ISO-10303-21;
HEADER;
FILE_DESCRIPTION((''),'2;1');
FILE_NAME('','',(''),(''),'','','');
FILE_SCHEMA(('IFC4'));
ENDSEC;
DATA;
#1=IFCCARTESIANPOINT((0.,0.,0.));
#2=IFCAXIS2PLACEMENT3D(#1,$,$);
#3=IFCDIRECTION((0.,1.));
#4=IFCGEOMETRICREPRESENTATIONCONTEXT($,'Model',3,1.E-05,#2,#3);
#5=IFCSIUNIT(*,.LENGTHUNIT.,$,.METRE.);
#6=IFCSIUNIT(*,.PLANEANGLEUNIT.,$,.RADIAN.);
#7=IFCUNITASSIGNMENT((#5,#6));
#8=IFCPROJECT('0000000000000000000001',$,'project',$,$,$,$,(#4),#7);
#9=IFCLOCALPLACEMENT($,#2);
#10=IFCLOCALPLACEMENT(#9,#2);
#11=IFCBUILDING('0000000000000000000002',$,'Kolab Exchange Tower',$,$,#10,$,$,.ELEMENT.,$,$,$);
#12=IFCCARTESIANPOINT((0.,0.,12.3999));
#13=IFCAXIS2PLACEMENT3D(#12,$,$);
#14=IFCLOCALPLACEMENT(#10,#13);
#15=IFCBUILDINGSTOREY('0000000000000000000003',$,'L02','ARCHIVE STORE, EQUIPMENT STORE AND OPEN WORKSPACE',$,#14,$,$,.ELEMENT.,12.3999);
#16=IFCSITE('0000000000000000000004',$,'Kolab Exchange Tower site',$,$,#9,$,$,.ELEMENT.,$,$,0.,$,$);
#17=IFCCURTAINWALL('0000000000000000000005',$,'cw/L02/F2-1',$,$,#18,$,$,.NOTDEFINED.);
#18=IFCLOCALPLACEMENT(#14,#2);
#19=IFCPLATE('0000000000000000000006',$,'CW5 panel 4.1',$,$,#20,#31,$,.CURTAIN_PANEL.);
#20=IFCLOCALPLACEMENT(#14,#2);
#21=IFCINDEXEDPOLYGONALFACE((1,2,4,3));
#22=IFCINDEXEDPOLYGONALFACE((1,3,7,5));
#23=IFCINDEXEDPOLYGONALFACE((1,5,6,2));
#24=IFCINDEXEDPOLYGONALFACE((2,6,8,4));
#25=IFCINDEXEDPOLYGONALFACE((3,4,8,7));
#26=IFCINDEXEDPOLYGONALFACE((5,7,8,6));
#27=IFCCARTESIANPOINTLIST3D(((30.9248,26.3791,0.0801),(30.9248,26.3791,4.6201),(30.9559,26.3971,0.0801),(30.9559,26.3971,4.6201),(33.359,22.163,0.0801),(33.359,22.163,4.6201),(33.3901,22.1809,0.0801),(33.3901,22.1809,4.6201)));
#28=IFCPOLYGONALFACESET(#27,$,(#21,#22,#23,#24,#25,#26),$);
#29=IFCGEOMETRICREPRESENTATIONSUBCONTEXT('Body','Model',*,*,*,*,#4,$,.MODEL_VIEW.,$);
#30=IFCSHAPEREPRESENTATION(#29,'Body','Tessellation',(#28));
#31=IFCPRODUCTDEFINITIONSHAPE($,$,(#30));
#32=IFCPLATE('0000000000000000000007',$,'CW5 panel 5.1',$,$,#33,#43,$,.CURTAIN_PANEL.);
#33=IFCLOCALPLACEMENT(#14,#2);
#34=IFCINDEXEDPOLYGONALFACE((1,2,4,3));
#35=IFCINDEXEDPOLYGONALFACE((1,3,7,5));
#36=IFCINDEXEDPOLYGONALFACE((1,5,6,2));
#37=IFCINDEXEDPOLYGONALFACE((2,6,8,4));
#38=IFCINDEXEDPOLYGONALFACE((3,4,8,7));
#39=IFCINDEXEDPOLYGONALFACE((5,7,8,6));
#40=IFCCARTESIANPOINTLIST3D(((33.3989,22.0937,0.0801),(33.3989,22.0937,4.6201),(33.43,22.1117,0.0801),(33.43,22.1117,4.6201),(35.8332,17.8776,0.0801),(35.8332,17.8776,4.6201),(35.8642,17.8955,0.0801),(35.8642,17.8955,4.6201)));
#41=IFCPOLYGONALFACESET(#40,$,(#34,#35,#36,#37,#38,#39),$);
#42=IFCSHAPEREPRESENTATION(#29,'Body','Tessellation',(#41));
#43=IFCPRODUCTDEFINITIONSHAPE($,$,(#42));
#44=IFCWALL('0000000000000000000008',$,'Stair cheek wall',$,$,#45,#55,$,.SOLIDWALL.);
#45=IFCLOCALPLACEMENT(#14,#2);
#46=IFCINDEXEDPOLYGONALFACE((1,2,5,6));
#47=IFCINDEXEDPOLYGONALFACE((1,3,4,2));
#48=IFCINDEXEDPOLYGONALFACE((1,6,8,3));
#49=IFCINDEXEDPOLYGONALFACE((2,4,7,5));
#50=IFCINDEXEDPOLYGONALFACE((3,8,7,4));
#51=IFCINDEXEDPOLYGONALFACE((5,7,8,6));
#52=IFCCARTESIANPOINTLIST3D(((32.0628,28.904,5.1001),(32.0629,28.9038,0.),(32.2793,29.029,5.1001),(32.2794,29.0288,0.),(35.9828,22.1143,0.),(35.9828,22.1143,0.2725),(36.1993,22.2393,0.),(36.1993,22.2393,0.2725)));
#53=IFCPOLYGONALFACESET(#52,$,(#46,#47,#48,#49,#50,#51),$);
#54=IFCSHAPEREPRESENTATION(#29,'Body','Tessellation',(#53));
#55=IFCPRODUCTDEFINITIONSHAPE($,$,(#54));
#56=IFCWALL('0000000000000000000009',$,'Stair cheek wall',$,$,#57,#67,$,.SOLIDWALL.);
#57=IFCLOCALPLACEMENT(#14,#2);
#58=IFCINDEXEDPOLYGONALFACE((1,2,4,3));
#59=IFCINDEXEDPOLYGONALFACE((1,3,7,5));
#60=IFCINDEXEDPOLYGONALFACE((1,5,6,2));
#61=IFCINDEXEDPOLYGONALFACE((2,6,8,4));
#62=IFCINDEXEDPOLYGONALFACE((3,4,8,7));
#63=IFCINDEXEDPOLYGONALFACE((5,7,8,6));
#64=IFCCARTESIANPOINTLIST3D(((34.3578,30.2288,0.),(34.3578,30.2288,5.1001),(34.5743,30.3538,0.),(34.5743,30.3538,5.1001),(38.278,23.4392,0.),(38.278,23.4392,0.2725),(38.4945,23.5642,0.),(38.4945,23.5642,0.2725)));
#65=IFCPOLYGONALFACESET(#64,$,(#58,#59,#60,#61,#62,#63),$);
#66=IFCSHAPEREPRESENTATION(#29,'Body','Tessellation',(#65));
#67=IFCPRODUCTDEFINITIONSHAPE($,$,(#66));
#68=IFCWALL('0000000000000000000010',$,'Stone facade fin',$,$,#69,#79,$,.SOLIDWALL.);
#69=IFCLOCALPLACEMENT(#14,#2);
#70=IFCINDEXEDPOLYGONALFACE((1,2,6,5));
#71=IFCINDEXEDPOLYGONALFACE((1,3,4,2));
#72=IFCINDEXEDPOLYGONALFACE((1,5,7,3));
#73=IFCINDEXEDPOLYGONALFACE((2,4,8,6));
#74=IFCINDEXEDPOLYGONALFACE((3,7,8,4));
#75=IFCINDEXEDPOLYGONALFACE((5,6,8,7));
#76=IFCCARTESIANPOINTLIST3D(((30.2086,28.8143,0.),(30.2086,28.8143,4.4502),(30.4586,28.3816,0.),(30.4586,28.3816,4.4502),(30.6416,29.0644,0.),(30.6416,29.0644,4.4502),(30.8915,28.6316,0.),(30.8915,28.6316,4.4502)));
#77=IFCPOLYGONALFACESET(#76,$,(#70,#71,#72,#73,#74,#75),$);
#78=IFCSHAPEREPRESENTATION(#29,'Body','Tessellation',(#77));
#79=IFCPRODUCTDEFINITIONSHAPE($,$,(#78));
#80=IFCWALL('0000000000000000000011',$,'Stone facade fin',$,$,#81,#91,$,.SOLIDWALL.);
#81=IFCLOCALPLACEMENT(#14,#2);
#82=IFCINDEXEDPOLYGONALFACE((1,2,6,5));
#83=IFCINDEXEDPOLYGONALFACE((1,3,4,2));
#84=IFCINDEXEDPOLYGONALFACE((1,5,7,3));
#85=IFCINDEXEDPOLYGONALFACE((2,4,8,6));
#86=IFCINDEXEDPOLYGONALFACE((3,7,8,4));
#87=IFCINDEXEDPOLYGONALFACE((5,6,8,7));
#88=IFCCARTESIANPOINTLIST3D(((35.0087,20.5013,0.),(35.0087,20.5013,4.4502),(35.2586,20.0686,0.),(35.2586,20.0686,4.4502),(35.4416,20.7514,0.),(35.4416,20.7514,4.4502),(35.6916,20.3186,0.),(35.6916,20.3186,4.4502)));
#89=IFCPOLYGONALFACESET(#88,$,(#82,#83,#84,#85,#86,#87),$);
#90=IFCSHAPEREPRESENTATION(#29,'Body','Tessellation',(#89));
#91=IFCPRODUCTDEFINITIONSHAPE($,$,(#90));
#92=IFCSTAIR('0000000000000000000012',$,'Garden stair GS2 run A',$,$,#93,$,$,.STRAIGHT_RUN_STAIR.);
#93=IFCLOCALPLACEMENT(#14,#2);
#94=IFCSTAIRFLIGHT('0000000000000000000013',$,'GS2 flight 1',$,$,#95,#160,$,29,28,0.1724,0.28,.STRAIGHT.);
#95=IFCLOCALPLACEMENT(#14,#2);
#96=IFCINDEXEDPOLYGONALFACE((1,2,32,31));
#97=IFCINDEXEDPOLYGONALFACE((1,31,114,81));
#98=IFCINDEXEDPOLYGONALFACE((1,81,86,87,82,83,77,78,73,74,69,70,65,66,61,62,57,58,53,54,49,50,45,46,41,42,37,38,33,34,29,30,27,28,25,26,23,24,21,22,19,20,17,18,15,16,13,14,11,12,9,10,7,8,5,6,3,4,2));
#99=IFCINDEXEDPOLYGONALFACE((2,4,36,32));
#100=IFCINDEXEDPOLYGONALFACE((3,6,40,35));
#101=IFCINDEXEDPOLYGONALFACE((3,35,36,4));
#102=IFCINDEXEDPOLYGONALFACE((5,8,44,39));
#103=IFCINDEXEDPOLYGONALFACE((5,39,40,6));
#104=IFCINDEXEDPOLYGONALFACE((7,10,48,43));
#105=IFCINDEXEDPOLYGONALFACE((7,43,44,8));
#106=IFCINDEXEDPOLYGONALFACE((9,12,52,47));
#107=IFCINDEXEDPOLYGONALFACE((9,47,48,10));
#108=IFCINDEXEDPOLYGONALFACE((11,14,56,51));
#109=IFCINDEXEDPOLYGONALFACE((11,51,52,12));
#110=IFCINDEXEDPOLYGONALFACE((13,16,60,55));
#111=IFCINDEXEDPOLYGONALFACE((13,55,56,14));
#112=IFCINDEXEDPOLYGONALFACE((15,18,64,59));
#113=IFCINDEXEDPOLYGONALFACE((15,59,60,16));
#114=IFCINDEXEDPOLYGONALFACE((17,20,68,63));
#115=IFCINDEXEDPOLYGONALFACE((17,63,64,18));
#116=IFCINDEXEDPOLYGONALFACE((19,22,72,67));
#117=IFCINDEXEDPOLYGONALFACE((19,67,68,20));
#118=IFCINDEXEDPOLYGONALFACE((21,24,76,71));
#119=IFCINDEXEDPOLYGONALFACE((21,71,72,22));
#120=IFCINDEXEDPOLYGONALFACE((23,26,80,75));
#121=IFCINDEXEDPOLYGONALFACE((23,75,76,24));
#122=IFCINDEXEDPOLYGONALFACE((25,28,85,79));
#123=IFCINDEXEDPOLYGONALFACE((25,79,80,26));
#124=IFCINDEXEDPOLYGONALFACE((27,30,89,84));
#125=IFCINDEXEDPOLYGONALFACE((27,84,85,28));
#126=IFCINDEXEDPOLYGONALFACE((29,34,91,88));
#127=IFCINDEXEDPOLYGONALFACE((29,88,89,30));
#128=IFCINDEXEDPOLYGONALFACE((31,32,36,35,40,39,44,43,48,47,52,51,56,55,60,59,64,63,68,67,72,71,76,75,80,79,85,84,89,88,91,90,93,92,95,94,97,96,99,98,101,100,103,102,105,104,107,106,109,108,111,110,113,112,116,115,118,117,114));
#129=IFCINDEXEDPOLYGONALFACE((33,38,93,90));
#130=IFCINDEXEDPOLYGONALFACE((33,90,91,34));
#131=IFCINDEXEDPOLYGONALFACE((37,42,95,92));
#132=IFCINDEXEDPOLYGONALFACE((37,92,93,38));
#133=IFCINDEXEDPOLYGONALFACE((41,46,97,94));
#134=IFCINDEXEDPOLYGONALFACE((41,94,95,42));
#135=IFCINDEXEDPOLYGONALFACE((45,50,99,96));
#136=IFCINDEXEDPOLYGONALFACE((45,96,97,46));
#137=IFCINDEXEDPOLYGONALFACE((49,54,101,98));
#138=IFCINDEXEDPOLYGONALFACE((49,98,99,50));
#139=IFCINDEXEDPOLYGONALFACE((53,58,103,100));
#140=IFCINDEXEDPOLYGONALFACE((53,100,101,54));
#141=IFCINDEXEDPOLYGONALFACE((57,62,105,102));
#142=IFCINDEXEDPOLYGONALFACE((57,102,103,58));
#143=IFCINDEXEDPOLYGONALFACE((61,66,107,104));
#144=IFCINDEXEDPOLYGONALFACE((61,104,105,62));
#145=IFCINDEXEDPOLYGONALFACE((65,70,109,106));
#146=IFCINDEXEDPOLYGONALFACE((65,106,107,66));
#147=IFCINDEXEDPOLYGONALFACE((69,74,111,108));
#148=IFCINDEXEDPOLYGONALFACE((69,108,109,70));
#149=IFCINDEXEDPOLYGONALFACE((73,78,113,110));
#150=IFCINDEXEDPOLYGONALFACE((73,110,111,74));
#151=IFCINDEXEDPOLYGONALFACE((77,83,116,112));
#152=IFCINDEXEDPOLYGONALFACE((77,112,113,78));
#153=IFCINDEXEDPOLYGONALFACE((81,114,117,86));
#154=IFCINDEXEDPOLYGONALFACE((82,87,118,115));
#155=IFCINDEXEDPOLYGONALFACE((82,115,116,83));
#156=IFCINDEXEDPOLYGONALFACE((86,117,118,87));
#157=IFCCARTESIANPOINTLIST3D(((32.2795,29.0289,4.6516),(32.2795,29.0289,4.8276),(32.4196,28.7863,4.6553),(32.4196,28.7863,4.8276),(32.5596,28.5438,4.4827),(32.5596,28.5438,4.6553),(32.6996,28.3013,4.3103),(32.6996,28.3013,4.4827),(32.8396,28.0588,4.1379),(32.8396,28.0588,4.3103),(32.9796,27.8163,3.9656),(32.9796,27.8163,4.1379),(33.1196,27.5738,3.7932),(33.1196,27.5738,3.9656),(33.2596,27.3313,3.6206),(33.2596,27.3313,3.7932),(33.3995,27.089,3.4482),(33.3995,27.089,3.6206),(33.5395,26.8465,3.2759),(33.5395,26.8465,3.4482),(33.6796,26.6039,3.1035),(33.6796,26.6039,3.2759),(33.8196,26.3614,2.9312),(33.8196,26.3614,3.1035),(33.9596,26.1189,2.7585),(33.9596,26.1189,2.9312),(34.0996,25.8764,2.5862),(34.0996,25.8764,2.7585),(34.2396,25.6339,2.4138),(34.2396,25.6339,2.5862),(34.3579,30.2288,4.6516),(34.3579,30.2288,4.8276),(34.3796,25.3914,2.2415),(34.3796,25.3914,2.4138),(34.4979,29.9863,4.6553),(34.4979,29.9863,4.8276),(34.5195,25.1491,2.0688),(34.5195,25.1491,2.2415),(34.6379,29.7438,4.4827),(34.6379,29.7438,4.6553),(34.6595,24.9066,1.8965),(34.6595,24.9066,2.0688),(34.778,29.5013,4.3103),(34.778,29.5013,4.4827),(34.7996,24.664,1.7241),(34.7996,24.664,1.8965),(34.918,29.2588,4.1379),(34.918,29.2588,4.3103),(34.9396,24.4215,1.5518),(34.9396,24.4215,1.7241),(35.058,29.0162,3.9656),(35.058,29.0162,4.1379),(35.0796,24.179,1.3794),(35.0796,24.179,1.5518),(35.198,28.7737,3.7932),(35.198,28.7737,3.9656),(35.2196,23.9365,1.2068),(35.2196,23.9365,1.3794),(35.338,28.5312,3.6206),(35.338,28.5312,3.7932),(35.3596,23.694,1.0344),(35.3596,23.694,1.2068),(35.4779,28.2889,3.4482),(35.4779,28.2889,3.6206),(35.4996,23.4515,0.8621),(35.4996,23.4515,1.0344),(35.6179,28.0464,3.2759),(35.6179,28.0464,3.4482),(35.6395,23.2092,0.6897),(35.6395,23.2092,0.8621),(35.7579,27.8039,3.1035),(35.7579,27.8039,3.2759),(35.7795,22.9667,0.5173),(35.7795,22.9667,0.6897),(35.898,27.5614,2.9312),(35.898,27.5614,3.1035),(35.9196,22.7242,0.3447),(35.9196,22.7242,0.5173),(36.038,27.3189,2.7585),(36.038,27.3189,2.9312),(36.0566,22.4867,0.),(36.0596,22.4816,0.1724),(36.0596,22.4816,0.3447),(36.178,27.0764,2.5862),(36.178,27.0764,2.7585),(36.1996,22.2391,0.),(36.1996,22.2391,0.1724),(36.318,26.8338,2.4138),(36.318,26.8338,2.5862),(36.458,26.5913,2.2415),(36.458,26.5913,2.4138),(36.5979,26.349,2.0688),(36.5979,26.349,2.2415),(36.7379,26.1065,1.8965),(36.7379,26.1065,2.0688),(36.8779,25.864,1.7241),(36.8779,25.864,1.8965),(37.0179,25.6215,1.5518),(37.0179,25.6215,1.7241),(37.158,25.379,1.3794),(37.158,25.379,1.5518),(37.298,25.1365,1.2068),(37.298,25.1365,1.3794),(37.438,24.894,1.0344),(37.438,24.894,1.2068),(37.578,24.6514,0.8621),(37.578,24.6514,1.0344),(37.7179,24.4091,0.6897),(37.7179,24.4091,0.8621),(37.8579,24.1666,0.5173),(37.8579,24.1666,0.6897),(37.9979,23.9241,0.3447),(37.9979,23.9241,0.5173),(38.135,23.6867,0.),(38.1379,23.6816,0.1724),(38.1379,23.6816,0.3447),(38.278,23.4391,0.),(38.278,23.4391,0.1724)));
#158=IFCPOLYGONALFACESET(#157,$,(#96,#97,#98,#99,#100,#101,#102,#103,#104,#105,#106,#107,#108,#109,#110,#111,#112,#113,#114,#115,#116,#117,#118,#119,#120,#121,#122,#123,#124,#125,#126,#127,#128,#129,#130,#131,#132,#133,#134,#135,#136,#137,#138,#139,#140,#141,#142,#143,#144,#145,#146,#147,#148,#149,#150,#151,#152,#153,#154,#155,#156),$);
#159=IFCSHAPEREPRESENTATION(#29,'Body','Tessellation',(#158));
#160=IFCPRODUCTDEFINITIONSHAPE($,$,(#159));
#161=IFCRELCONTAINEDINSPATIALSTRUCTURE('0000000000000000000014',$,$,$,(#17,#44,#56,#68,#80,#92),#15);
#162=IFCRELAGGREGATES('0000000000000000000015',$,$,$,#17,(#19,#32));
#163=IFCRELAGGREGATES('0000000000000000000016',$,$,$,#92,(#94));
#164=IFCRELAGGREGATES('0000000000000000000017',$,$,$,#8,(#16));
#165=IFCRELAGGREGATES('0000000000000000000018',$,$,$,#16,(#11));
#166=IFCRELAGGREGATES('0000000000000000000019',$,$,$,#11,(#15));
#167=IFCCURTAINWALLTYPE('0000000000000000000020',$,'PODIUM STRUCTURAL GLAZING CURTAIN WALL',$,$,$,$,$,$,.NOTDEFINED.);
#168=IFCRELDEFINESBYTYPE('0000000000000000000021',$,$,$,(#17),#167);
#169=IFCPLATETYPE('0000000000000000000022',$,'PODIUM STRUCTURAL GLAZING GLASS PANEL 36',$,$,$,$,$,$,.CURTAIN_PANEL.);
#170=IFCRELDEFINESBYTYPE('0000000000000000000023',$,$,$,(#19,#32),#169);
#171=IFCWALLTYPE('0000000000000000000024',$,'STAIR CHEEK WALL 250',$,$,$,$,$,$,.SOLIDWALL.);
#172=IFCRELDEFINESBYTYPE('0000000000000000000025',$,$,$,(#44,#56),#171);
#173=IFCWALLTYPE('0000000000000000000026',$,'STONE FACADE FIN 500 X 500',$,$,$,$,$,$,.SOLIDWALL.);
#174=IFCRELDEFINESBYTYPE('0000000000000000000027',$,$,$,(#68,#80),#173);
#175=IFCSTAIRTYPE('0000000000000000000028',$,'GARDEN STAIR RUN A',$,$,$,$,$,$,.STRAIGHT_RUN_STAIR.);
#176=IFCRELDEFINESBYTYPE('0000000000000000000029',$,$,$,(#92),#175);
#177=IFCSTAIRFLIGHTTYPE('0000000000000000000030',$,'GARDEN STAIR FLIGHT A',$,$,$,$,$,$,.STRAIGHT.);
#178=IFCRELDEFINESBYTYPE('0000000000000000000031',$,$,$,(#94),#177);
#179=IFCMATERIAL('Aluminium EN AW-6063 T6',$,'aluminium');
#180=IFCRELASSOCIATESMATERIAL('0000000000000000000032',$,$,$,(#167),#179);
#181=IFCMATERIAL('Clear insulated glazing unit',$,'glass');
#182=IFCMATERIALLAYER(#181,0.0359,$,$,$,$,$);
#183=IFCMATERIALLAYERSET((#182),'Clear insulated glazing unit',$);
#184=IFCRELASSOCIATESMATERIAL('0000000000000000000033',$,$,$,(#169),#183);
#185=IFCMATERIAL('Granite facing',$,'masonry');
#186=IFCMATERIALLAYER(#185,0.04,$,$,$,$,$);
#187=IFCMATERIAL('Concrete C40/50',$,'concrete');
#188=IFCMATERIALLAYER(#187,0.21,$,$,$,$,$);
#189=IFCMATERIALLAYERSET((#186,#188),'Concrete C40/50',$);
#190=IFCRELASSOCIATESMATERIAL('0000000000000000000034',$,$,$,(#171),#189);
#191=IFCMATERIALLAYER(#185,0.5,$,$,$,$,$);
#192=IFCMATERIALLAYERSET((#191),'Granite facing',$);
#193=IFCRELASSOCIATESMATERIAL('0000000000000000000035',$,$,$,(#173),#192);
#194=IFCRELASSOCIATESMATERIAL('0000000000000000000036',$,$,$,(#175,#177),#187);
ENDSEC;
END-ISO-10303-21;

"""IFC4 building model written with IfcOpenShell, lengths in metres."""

from ifc_helpers import new_model, si_unit, direction, frame, frame_2d, origin, origin_2d, place, context, subcontext, project, spatial, polyline, rectangle, outline, extrude, material, layer, layer_set, type_object, element, aggregate, save


model = new_model("IFC4")

# Units and contexts
model_context = context("Model", 3, precision=1e-05, world=origin(), true_north=direction((0.0, 1.0)))
body_context = subcontext(model_context, "Body", "Model", "MODEL_VIEW")
ifc_project = project(units=[si_unit("LENGTHUNIT", "METRE"), si_unit("PLANEANGLEUNIT", "RADIAN")], contexts=[model_context])

# Site, building, storey
site_placement = place(None, origin())
site = spatial("IfcSite", under=ifc_project, at=site_placement, Name="Kolab Exchange Tower site", CompositionType="ELEMENT", RefElevation=0.0)
building_placement = place(site_placement, origin())
building = spatial("IfcBuilding", under=site, at=building_placement, Name="Kolab Exchange Tower", CompositionType="ELEMENT")
storey_placement = place(building_placement, frame((0.0, 0.0, 12.3999)))
storey = spatial("IfcBuildingStorey", under=building, at=storey_placement, Name="L02", Description="ARCHIVE STORE, EQUIPMENT STORE AND OPEN WORKSPACE", CompositionType="ELEMENT", Elevation=12.3999)

# Curtain wall
ifc_material_1 = material(Name="Aluminium EN AW-6063 T6", Category="aluminium")
curtain_wall_type = type_object("IfcCurtainWallType", Name="PODIUM STRUCTURAL GLAZING CURTAIN WALL", PredefinedType="NOTDEFINED", material=ifc_material_1)
curtain_wall_placement = place(storey_placement, origin())
curtain_wall = element("IfcCurtainWall", 1, at=curtain_wall_placement, inside=storey, type_object=curtain_wall_type, Name="cw/L02/F2-1", PredefinedType="NOTDEFINED")

# Plates
ifc_material_2 = material(Name="Clear insulated glazing unit", Category="glass")
ifc_layer_1 = layer(ifc_material_2, 0.0359)
ifc_layer_set_1 = layer_set([ifc_layer_1], Name="Clear insulated glazing unit")
plate_type = type_object("IfcPlateType", Name="PODIUM STRUCTURAL GLAZING GLASS PANEL 36", PredefinedType="CURTAIN_PANEL", material=ifc_layer_set_1)
plate_1_placement = place(storey_placement, frame((32.1575, 24.28, 0.0801), z_axis=(0.0, 0.0, 1.0), x_axis=(0.5, -0.866025, 0.0)))
plate_1 = element("IfcPlate", 2, at=plate_1_placement, type_object=plate_type, Name="CW5 panel 4.1", PredefinedType="CURTAIN_PANEL", context=body_context, shape_type="SweptSolid", body=[
    extrude(rectangle(XDim=4.8684, YDim=0.0359, at=origin_2d()), origin(), (0.0, 0.0, 1.0), 4.54),
])
plate_2_placement = place(storey_placement, frame((34.6316, 19.9946, 0.0801), z_axis=(0.0, 0.0, 1.0), x_axis=(0.5, -0.866025, 0.0)))
plate_2 = element("IfcPlate", 3, at=plate_2_placement, type_object=plate_type, Name="CW5 panel 5.1", PredefinedType="CURTAIN_PANEL", context=body_context, shape_type="SweptSolid", body=[
    extrude(rectangle(XDim=4.8684, YDim=0.0359, at=origin_2d()), origin(), (0.0, 0.0, 1.0), 4.54),
])
aggregate(curtain_wall, [plate_1, plate_2])

# Walls
ifc_material_3 = material(Name="Granite facing", Category="masonry")
ifc_layer_2 = layer(ifc_material_3, 0.04)
ifc_material_4 = material(Name="Concrete C40/50", Category="concrete")
ifc_layer_3 = layer(ifc_material_4, 0.21)
ifc_layer_set_2 = layer_set([ifc_layer_2, ifc_layer_3], Name="Concrete C40/50")
wall_type_1 = type_object("IfcWallType", Name="STAIR CHEEK WALL 250", PredefinedType="SOLIDWALL", material=ifc_layer_set_2)
wall_1_placement = place(storey_placement, frame((36.0911, 22.1768, 0.0), z_axis=(0.0, 0.0, 1.0), x_axis=(-0.499997, 0.866027, 0.0)))
element("IfcWall", 4, at=wall_1_placement, inside=storey, type_object=wall_type_1, Name="Stair cheek wall", PredefinedType="SOLIDWALL", context=body_context, shape_type="SweptSolid", body=[
    extrude(outline(polyline([(0.0, 0.0), (7.8398, 0.0), (7.8401, 5.1001), (0.0, 0.2725), (0.0, 0.0)])), frame((0.0, 0.125, 0.0), z_axis=(0.0, -1.0, 0.0), x_axis=(1.0, 0.0, 0.0)), (0.0, 0.0, 1.0), 0.25),
])
wall_2_placement = place(storey_placement, frame((38.3862, 23.5017, 0.0), z_axis=(0.0, 0.0, 1.0), x_axis=(-0.500021, 0.866013, 0.0)))
element("IfcWall", 5, at=wall_2_placement, inside=storey, type_object=wall_type_1, Name="Stair cheek wall", PredefinedType="SOLIDWALL", context=body_context, shape_type="SweptSolid", body=[
    extrude(outline(polyline([(0.0, 0.0), (7.8401, 0.0), (7.8401, 5.1001), (0.0, 0.2725), (0.0, 0.0)])), frame((0.0, 0.125, 0.0), z_axis=(0.0, -1.0, 0.0), x_axis=(1.0, 0.0, 0.0)), (0.0, 0.0, 1.0), 0.25),
])
ifc_layer_4 = layer(ifc_material_3, 0.5)
ifc_layer_set_3 = layer_set([ifc_layer_4], Name="Granite facing")
wall_type_2 = type_object("IfcWallType", Name="STONE FACADE FIN 500 X 500", PredefinedType="SOLIDWALL", material=ifc_layer_set_3)
for number, where, z_axis, x_axis, name in (
    (6, (30.425, 28.9395, 0.0), (0.0, 0.0, 1.0), (0.500131, -0.86595, 0.0), "Stone facade fin"),
    (7, (35.2251, 20.6265, 0.0), (0.0, 0.0, 1.0), (0.500131, -0.86595, 0.0), "Stone facade fin"),
):
    element("IfcWall", number, at=place(storey_placement, frame(where, z_axis=z_axis, x_axis=x_axis)), inside=storey, type_object=wall_type_2, Name=name, PredefinedType="SOLIDWALL", context=body_context, shape_type="SweptSolid", body=[
        extrude(rectangle(XDim=0.4998, YDim=0.5, at=frame_2d((0.25, 0.0))), origin(), (0.0, 0.0, 1.0), 4.4502),
    ])

# Stair, stair flight
stair_type = type_object("IfcStairType", Name="GARDEN STAIR RUN A", PredefinedType="STRAIGHT_RUN_STAIR", material=ifc_material_4)
stair_placement = place(storey_placement, origin())
stair = element("IfcStair", 8, at=stair_placement, inside=storey, type_object=stair_type, Name="Garden stair GS2 run A", PredefinedType="STRAIGHT_RUN_STAIR")
stair_flight_type = type_object("IfcStairFlightType", Name="GARDEN STAIR FLIGHT A", PredefinedType="STRAIGHT", material=ifc_material_4)
stair_flight_placement = place(storey_placement, frame((37.2388, 22.8391, 0.0), z_axis=(0.0, 0.0, 1.0), x_axis=(-0.5, 0.866025, 0.0)))
stair_flight = element("IfcStairFlight", 9, at=stair_flight_placement, type_object=stair_flight_type, Name="GS2 flight 1", NumberOfRisers=29, NumberOfTreads=28, PredefinedType="STRAIGHT", RiserHeight=0.1724, TreadLength=0.28, context=body_context, shape_type="SweptSolid", body=[
    extrude(outline(polyline([(0.0, 0.0), (0.0, 0.1724), (0.28, 0.1724), (0.28, 0.3447), (0.5601, 0.3447), (0.5601, 0.5173), (0.8401, 0.5173), (0.8401, 0.6897), (1.1201, 0.6897), (1.1201, 0.8621), (1.3999, 0.8621), (1.3999, 1.0344), (1.6799, 1.0344), (1.6799, 1.2068), (1.96, 1.2068), (1.96, 1.3794), (2.24, 1.3794), (2.24, 1.5518), (2.52, 1.5518), (2.52, 1.7241), (2.8, 1.7241), (2.8, 1.8965), (3.0801, 1.8965), (3.0801, 2.0688), (3.3601, 2.0688), (3.3601, 2.2415), (3.6399, 2.2415), (3.6399, 2.4138), (3.9199, 2.4138), (3.9199, 2.5862), (4.2, 2.5862), (4.2, 2.7585), (4.48, 2.7585), (4.48, 2.9312), (4.76, 2.9312), (4.76, 3.1035), (5.04, 3.1035), (5.04, 3.2759), (5.3201, 3.2759), (5.3201, 3.4482), (5.6001, 3.4482), (5.6001, 3.6206), (5.8799, 3.6206), (5.8799, 3.7932), (6.1599, 3.7932), (6.1599, 3.9656), (6.4399, 3.9656), (6.4399, 4.1379), (6.72, 4.1379), (6.72, 4.3103), (7.0, 4.3103), (7.0, 4.4827), (7.28, 4.4827), (7.28, 4.6553), (7.5601, 4.6553), (7.5601, 4.8276), (7.8401, 4.8276), (7.8401, 5.0), (7.8401, 4.6516), (0.2859, 0.0), (0.0, 0.0)])), frame((0.0, 1.2, 0.0), z_axis=(0.0, -1.0, 0.0), x_axis=(1.0, 0.0, 0.0)), (0.0, 0.0, 1.0), 2.3999),
])
aggregate(stair, [stair_flight])

save(model, "model.ifc")
